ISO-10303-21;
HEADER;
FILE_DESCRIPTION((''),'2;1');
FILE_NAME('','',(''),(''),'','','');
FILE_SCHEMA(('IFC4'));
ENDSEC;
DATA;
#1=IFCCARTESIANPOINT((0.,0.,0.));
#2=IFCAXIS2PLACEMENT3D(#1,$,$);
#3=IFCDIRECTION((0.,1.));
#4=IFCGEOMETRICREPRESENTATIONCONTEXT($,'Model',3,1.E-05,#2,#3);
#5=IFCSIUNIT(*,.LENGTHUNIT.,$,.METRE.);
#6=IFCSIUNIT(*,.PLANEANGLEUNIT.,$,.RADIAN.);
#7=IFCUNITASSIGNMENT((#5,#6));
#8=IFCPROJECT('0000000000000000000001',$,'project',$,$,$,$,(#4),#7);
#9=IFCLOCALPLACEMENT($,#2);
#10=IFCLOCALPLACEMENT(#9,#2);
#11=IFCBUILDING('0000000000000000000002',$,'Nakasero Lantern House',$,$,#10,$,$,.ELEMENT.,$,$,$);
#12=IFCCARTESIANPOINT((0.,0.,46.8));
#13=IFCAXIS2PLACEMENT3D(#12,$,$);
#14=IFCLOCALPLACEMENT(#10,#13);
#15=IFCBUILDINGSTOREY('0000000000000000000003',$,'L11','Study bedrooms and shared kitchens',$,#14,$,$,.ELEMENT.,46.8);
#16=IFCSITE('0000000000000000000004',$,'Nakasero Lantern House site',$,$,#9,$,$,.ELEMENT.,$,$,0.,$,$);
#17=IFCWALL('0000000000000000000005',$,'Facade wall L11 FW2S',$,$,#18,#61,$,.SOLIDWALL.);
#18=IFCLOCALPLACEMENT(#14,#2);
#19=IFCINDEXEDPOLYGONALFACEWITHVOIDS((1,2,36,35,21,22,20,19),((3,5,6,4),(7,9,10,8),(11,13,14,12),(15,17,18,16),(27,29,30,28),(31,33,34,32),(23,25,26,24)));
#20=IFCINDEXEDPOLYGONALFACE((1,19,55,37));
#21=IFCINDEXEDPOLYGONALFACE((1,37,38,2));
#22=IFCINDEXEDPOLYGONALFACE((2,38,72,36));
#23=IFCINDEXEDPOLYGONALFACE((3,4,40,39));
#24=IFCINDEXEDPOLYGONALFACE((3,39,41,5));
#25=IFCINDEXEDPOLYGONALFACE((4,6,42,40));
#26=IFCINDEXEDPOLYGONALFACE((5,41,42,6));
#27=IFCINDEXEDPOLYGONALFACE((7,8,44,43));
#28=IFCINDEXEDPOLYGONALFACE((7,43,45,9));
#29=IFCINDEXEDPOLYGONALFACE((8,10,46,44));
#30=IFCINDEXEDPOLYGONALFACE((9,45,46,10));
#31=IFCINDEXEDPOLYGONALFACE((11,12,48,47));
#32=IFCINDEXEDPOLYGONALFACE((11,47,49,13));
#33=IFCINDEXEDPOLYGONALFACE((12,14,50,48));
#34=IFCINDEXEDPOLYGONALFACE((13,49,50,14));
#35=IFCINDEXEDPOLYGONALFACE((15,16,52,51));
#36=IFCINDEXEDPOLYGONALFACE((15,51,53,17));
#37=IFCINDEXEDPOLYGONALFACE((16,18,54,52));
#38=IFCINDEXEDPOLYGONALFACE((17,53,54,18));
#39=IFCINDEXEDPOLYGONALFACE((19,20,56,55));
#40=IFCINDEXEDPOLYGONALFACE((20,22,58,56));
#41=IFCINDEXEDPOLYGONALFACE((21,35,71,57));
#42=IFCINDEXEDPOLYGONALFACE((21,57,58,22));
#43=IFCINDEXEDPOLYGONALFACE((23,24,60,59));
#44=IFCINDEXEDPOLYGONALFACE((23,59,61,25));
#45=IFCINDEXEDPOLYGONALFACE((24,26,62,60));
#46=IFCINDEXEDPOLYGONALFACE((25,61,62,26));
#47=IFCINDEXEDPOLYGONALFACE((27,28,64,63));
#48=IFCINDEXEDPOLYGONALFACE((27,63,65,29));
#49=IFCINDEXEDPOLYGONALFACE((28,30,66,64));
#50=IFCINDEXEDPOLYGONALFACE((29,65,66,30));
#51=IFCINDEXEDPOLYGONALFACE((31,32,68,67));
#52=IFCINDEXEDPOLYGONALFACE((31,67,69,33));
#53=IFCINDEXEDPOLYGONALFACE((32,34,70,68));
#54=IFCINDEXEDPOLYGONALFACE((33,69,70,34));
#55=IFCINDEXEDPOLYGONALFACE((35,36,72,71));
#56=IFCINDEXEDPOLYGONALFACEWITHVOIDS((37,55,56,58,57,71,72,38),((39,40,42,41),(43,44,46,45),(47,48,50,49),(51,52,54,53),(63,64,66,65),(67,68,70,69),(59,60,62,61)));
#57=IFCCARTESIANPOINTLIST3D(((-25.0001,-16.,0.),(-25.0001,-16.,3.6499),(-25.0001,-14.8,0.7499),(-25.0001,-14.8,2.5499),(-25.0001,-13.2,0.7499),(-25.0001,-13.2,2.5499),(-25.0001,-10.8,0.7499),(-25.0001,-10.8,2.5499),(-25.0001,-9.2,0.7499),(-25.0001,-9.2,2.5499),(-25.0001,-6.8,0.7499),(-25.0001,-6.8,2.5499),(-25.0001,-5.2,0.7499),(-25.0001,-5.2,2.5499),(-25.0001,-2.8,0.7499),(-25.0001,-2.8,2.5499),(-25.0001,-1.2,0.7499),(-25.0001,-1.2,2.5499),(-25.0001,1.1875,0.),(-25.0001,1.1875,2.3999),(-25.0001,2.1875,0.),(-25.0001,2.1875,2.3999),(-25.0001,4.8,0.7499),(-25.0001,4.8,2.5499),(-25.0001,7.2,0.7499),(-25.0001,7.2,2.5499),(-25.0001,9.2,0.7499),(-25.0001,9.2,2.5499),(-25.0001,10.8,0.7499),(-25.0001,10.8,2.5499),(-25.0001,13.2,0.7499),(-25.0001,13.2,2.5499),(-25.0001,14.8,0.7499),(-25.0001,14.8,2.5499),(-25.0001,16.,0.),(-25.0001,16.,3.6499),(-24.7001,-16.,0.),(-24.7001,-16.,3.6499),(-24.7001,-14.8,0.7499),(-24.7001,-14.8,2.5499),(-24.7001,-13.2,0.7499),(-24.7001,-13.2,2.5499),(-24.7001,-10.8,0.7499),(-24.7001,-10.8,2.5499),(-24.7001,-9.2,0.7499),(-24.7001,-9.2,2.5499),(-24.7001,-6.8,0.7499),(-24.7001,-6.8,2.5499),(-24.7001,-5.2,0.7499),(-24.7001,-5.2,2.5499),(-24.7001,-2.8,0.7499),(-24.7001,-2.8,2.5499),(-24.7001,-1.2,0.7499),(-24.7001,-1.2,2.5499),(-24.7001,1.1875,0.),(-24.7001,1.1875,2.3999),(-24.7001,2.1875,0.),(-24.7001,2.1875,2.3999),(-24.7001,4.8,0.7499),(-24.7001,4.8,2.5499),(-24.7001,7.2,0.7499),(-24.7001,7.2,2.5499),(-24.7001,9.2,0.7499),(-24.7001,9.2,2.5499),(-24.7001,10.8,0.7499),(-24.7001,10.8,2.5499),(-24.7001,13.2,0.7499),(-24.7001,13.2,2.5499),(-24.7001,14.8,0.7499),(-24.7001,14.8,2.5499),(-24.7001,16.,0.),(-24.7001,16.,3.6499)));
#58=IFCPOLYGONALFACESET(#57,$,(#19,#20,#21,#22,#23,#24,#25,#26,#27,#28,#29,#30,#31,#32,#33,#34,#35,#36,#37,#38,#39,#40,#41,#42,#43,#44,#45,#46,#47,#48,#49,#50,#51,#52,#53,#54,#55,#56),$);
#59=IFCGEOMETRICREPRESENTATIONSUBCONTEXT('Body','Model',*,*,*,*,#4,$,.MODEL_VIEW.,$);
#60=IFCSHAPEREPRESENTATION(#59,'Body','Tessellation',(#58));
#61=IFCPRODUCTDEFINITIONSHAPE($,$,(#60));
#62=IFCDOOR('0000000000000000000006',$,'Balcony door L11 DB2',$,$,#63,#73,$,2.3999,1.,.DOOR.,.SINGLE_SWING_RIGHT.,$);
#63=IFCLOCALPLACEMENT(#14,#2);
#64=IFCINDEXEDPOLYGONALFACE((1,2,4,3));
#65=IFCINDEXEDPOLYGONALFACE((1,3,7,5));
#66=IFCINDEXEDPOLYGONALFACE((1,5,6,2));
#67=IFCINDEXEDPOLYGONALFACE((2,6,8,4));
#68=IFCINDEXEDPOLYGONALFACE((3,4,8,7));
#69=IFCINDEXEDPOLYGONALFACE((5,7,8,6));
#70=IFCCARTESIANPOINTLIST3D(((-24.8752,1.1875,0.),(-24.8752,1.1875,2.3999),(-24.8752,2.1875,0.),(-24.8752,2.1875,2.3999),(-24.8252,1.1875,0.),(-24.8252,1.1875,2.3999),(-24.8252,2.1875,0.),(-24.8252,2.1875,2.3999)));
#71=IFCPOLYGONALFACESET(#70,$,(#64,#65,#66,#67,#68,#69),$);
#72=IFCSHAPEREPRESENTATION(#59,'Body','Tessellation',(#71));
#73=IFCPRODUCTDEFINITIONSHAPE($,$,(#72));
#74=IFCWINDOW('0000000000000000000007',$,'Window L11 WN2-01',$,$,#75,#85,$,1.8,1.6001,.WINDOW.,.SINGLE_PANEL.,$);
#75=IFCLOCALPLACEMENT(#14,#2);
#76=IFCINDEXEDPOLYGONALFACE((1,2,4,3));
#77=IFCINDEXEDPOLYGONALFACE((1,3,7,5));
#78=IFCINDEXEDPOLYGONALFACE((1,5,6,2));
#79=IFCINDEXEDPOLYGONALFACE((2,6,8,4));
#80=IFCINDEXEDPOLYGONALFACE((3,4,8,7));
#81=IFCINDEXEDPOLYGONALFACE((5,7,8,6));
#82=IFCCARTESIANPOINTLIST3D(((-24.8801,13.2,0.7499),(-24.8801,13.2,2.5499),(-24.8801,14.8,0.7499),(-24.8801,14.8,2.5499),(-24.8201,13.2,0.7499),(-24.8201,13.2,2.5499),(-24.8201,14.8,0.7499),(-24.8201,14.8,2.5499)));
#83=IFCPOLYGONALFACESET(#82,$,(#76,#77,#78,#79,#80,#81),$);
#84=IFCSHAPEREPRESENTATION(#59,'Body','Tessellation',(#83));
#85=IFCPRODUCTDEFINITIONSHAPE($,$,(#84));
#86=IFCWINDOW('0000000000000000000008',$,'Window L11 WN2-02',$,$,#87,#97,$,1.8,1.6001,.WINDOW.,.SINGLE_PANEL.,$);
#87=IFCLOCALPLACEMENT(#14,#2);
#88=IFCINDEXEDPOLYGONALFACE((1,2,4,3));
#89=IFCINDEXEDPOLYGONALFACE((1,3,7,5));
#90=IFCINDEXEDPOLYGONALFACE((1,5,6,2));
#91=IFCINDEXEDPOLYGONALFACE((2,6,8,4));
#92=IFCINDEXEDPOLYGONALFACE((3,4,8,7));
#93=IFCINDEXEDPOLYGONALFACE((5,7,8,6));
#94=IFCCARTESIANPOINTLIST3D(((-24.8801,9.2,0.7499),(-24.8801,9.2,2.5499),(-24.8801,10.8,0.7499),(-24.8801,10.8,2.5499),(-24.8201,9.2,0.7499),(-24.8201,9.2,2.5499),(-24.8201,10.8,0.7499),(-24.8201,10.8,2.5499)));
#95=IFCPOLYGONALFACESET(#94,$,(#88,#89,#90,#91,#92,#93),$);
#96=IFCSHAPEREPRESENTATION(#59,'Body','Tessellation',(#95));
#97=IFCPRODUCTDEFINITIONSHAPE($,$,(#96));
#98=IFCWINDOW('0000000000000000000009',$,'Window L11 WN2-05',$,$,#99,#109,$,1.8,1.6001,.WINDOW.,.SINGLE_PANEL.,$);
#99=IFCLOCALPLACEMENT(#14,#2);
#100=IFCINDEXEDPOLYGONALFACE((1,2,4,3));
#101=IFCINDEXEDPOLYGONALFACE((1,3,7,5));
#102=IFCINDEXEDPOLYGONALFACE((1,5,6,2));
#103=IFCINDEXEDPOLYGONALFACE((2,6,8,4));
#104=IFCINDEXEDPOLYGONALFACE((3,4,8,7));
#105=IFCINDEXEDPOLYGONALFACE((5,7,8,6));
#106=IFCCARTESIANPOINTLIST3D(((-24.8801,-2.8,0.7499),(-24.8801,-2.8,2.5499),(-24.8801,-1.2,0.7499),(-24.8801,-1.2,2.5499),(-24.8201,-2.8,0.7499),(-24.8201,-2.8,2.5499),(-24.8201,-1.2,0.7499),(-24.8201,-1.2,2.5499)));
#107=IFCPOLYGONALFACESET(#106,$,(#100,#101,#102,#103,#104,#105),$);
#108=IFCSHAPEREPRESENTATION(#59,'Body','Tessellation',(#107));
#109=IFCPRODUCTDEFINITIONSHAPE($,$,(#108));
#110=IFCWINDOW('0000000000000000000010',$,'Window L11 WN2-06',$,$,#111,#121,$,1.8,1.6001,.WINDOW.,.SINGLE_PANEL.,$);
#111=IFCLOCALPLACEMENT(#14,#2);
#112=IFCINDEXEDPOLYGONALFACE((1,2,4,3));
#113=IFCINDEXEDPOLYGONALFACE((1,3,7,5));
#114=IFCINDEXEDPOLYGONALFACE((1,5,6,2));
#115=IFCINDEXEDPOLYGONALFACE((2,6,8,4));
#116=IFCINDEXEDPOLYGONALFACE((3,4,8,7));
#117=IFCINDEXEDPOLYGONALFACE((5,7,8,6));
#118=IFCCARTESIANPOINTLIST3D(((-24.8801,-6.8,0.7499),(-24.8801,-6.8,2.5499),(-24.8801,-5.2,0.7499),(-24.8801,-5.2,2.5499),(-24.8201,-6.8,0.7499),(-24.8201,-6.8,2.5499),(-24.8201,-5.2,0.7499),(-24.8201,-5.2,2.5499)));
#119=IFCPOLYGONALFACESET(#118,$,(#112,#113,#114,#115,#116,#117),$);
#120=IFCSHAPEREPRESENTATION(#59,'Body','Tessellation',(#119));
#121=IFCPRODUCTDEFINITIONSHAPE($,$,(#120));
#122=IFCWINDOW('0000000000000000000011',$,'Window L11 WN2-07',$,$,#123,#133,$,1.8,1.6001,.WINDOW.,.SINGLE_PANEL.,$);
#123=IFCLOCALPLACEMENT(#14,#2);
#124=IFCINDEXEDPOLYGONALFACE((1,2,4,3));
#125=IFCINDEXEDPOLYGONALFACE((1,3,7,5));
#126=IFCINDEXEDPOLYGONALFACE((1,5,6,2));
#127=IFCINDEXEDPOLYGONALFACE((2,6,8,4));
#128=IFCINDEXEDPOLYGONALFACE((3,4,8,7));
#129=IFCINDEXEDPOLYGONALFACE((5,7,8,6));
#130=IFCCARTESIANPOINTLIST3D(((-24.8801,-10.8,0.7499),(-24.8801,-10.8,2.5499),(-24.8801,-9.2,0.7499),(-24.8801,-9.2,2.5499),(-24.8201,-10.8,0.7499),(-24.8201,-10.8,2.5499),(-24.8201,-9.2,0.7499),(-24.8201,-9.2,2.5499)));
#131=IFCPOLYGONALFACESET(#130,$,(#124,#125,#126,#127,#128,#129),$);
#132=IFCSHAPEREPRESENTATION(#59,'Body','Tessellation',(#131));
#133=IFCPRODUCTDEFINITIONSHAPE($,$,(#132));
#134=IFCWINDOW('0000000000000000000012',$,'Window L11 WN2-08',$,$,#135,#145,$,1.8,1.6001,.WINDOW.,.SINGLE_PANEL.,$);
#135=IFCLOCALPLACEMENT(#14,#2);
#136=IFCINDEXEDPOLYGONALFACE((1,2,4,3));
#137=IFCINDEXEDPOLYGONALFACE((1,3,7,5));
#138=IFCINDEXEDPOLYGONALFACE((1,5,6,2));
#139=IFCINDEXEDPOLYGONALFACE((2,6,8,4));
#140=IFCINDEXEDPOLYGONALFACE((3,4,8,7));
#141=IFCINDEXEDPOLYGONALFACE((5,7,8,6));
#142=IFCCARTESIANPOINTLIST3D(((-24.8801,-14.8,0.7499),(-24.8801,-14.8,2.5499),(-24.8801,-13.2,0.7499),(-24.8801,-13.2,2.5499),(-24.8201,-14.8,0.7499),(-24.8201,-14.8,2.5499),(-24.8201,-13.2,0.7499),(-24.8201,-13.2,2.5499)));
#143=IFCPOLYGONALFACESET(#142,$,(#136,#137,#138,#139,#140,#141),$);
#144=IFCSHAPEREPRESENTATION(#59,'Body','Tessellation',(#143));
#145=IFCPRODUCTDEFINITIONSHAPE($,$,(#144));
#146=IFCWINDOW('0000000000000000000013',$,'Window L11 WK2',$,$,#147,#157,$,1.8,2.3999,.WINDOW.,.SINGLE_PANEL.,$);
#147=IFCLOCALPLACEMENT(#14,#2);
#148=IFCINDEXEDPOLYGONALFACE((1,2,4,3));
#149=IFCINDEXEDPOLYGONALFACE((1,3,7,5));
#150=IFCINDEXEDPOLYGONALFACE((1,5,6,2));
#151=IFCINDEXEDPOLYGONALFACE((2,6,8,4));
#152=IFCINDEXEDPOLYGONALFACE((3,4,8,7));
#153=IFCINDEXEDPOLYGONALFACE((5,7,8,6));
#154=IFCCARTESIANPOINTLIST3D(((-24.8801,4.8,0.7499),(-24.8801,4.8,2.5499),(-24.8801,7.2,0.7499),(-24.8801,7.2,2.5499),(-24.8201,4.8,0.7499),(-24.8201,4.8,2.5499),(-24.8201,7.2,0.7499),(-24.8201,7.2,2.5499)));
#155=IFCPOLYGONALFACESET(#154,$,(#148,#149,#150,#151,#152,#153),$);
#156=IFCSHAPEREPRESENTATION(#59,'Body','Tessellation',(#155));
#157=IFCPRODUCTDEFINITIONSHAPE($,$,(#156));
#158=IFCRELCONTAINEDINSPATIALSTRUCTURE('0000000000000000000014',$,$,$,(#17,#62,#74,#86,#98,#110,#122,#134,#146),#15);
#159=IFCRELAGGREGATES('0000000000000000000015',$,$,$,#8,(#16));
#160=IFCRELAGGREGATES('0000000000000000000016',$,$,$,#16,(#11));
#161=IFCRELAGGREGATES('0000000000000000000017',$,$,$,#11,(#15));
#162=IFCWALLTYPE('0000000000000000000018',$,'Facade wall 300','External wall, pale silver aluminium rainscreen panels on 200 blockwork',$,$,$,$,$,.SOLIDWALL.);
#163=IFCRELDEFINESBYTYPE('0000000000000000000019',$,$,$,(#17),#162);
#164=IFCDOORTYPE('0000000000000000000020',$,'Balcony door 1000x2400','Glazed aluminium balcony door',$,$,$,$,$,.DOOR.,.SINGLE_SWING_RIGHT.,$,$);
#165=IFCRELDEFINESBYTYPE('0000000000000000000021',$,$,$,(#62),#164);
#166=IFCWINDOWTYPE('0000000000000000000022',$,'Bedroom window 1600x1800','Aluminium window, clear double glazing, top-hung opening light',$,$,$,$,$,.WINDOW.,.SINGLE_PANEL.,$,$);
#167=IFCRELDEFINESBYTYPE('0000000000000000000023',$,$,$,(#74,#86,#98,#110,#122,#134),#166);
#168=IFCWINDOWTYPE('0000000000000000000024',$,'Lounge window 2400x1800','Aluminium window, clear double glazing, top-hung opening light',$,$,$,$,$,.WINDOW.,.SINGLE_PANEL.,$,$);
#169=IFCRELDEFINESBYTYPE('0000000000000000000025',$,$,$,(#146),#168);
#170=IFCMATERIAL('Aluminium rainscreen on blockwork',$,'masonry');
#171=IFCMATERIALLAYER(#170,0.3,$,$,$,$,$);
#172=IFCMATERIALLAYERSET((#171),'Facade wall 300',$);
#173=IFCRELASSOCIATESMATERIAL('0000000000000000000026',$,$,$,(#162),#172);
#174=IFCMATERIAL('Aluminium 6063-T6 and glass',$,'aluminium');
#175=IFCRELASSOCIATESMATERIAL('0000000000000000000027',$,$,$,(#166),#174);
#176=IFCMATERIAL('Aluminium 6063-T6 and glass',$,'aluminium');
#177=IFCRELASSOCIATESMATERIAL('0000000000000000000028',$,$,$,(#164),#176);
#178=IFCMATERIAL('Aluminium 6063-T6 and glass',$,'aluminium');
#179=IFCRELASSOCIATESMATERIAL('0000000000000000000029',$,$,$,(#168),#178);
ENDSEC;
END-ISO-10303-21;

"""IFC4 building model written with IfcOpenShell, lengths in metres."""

from ifc_helpers import new_model, si_unit, direction, frame, frame_2d, origin, place, context, subcontext, project, spatial, rectangle, extrude, material, layer, layer_set, type_object, element, fill, save


model = new_model("IFC4")

# Units and contexts
model_context = context("Model", 3, precision=1e-05, world=origin(), true_north=direction((0.0, 1.0)))
body_context = subcontext(model_context, "Body", "Model", "MODEL_VIEW")
ifc_project = project(units=[si_unit("LENGTHUNIT", "METRE"), si_unit("PLANEANGLEUNIT", "RADIAN")], contexts=[model_context])

# Site, building, storey
site_placement = place(None, origin())
site = spatial("IfcSite", under=ifc_project, at=site_placement, Name="Nakasero Lantern House site", CompositionType="ELEMENT", RefElevation=0.0)
building_placement = place(site_placement, origin())
building = spatial("IfcBuilding", under=site, at=building_placement, Name="Nakasero Lantern House", CompositionType="ELEMENT")
storey_placement = place(building_placement, frame((0.0, 0.0, 46.8)))
storey = spatial("IfcBuildingStorey", under=building, at=storey_placement, Name="L11", Description="Study bedrooms and shared kitchens", CompositionType="ELEMENT", Elevation=46.8)

# Shared definitions
ifc_material_1 = material(Name="Aluminium rainscreen on blockwork", Category="masonry")
ifc_layer_1 = layer(ifc_material_1, 0.3)
ifc_layer_set_1 = layer_set([ifc_layer_1], Name="Facade wall 300")
wall_type_1 = type_object("IfcWallType", Name="Facade wall 300", Description="External wall, pale silver aluminium rainscreen panels on 200 blockwork", PredefinedType="SOLIDWALL", material=ifc_layer_set_1)
ifc_material_2 = material(Name="Aluminium 6063-T6 and glass", Category="aluminium")
window_type_1 = type_object("IfcWindowType", Name="Bedroom window 1600x1800", Description="Aluminium window, clear double glazing, top-hung opening light", PartitioningType="SINGLE_PANEL", PredefinedType="WINDOW", material=ifc_material_2)

# Wall, openings, door, windows
wall_1_placement = place(storey_placement, frame((-24.8501, 16.0, 0.0), z_axis=(0.0, 0.0, 1.0), x_axis=(0.0, -1.0, 0.0)))
wall_1 = element("IfcWall", 1, at=wall_1_placement, inside=storey, type_object=wall_type_1, Name="Facade wall L11 FW2S", PredefinedType="SOLIDWALL", context=body_context, shape_type="SweptSolid", body=[
    extrude(rectangle(XDim=32.0, YDim=0.3, at=frame_2d((16.0, 0.0))), origin(), (0.0, 0.0, 1.0), 3.6499),
])
opening_1_placement = place(wall_1_placement, frame((1.2, 0.0, 0.75)))
opening_1 = element("IfcOpeningElement", 2, at=opening_1_placement, cuts=wall_1, PredefinedType="OPENING", context=body_context, shape_type="SweptSolid", body=[
    extrude(rectangle(XDim=1.6001, YDim=1.8, at=frame_2d((0.8, 0.8999))), frame((0.0, 0.1699, 0.0), z_axis=(0.0, -1.0, 0.0), x_axis=(1.0, 0.0, 0.0)), (0.0, 0.0, 1.0), 0.3401),
])
opening_2_placement = place(wall_1_placement, frame((5.2, 0.0, 0.75)))
opening_2 = element("IfcOpeningElement", 3, at=opening_2_placement, cuts=wall_1, PredefinedType="OPENING", context=body_context, shape_type="SweptSolid", body=[
    extrude(rectangle(XDim=1.6001, YDim=1.8, at=frame_2d((0.8, 0.8999))), frame((0.0, 0.1699, 0.0), z_axis=(0.0, -1.0, 0.0), x_axis=(1.0, 0.0, 0.0)), (0.0, 0.0, 1.0), 0.3401),
])
opening_3_placement = place(wall_1_placement, frame((17.2, 0.0, 0.75)))
opening_3 = element("IfcOpeningElement", 4, at=opening_3_placement, cuts=wall_1, PredefinedType="OPENING", context=body_context, shape_type="SweptSolid", body=[
    extrude(rectangle(XDim=1.6001, YDim=1.8, at=frame_2d((0.8, 0.8999))), frame((0.0, 0.1699, 0.0), z_axis=(0.0, -1.0, 0.0), x_axis=(1.0, 0.0, 0.0)), (0.0, 0.0, 1.0), 0.3401),
])
opening_4_placement = place(wall_1_placement, frame((21.2, 0.0, 0.75)))
opening_4 = element("IfcOpeningElement", 5, at=opening_4_placement, cuts=wall_1, PredefinedType="OPENING", context=body_context, shape_type="SweptSolid", body=[
    extrude(rectangle(XDim=1.6001, YDim=1.8, at=frame_2d((0.8, 0.8999))), frame((0.0, 0.1699, 0.0), z_axis=(0.0, -1.0, 0.0), x_axis=(1.0, 0.0, 0.0)), (0.0, 0.0, 1.0), 0.3401),
])
opening_5_placement = place(wall_1_placement, frame((25.2, 0.0, 0.75)))
opening_5 = element("IfcOpeningElement", 6, at=opening_5_placement, cuts=wall_1, PredefinedType="OPENING", context=body_context, shape_type="SweptSolid", body=[
    extrude(rectangle(XDim=1.6001, YDim=1.8, at=frame_2d((0.8, 0.8999))), frame((0.0, 0.1699, 0.0), z_axis=(0.0, -1.0, 0.0), x_axis=(1.0, 0.0, 0.0)), (0.0, 0.0, 1.0), 0.3401),
])
opening_6_placement = place(wall_1_placement, frame((29.2, 0.0, 0.75)))
opening_6 = element("IfcOpeningElement", 7, at=opening_6_placement, cuts=wall_1, PredefinedType="OPENING", context=body_context, shape_type="SweptSolid", body=[
    extrude(rectangle(XDim=1.6001, YDim=1.8, at=frame_2d((0.8, 0.8999))), frame((0.0, 0.1699, 0.0), z_axis=(0.0, -1.0, 0.0), x_axis=(1.0, 0.0, 0.0)), (0.0, 0.0, 1.0), 0.3401),
])
opening_7_placement = place(wall_1_placement, frame((8.8, 0.0, 0.75)))
opening_7 = element("IfcOpeningElement", 8, at=opening_7_placement, cuts=wall_1, PredefinedType="OPENING", context=body_context, shape_type="SweptSolid", body=[
    extrude(rectangle(XDim=2.3999, YDim=1.8, at=frame_2d((1.2, 0.8999))), frame((0.0, 0.1699, 0.0), z_axis=(0.0, -1.0, 0.0), x_axis=(1.0, 0.0, 0.0)), (0.0, 0.0, 1.0), 0.3401),
])
opening_8_placement = place(wall_1_placement, frame((13.8125, 0.0, 0.0)))
opening_8 = element("IfcOpeningElement", 9, at=opening_8_placement, cuts=wall_1, PredefinedType="OPENING", context=body_context, shape_type="SweptSolid", body=[
    extrude(rectangle(XDim=1.0, YDim=2.3999, at=frame_2d((0.5, 1.2))), frame((0.0, 0.1699, 0.0), z_axis=(0.0, -1.0, 0.0), x_axis=(1.0, 0.0, 0.0)), (0.0, 0.0, 1.0), 0.3401),
])
ifc_material_3 = material(Name="Aluminium 6063-T6 and glass", Category="aluminium")
door_type_1 = type_object("IfcDoorType", Name="Balcony door 1000x2400", Description="Glazed aluminium balcony door", OperationType="SINGLE_SWING_RIGHT", PredefinedType="DOOR", material=ifc_material_3)
door_1_placement = place(opening_8_placement, origin())
door_1 = element("IfcDoor", 10, at=door_1_placement, inside=storey, type_object=door_type_1, Name="Balcony door L11 DB2", OperationType="SINGLE_SWING_RIGHT", OverallHeight=2.3999, OverallWidth=1.0, PredefinedType="DOOR", context=body_context, shape_type="SweptSolid", body=[
    extrude(rectangle(XDim=1.0, YDim=2.3999, at=frame_2d((0.5, 1.2))), frame((0.0, 0.0249, 0.0), z_axis=(0.0, -1.0, 0.0), x_axis=(1.0, 0.0, 0.0)), (0.0, 0.0, 1.0), 0.05),
])
fill(opening_8, door_1)
window_1_placement = place(opening_1_placement, origin())
window_1 = element("IfcWindow", 11, at=window_1_placement, inside=storey, type_object=window_type_1, Name="Window L11 WN2-01", OverallHeight=1.8, OverallWidth=1.6001, PartitioningType="SINGLE_PANEL", PredefinedType="WINDOW", context=body_context, shape_type="SweptSolid", body=[
    extrude(rectangle(XDim=1.6001, YDim=1.8, at=frame_2d((0.8, 0.8999))), frame((0.0, 0.03, 0.0), z_axis=(0.0, -1.0, 0.0), x_axis=(1.0, 0.0, 0.0)), (0.0, 0.0, 1.0), 0.0601),
])
fill(opening_1, window_1)
window_2_placement = place(opening_2_placement, origin())
window_2 = element("IfcWindow", 12, at=window_2_placement, inside=storey, type_object=window_type_1, Name="Window L11 WN2-02", OverallHeight=1.8, OverallWidth=1.6001, PartitioningType="SINGLE_PANEL", PredefinedType="WINDOW", context=body_context, shape_type="SweptSolid", body=[
    extrude(rectangle(XDim=1.6001, YDim=1.8, at=frame_2d((0.8, 0.8999))), frame((0.0, 0.03, 0.0), z_axis=(0.0, -1.0, 0.0), x_axis=(1.0, 0.0, 0.0)), (0.0, 0.0, 1.0), 0.0601),
])
fill(opening_2, window_2)
window_3_placement = place(opening_3_placement, origin())
window_3 = element("IfcWindow", 13, at=window_3_placement, inside=storey, type_object=window_type_1, Name="Window L11 WN2-05", OverallHeight=1.8, OverallWidth=1.6001, PartitioningType="SINGLE_PANEL", PredefinedType="WINDOW", context=body_context, shape_type="SweptSolid", body=[
    extrude(rectangle(XDim=1.6001, YDim=1.8, at=frame_2d((0.8, 0.8999))), frame((0.0, 0.03, 0.0), z_axis=(0.0, -1.0, 0.0), x_axis=(1.0, 0.0, 0.0)), (0.0, 0.0, 1.0), 0.0601),
])
fill(opening_3, window_3)
window_4_placement = place(opening_4_placement, origin())
window_4 = element("IfcWindow", 14, at=window_4_placement, inside=storey, type_object=window_type_1, Name="Window L11 WN2-06", OverallHeight=1.8, OverallWidth=1.6001, PartitioningType="SINGLE_PANEL", PredefinedType="WINDOW", context=body_context, shape_type="SweptSolid", body=[
    extrude(rectangle(XDim=1.6001, YDim=1.8, at=frame_2d((0.8, 0.8999))), frame((0.0, 0.03, 0.0), z_axis=(0.0, -1.0, 0.0), x_axis=(1.0, 0.0, 0.0)), (0.0, 0.0, 1.0), 0.0601),
])
fill(opening_4, window_4)
window_5_placement = place(opening_5_placement, origin())
window_5 = element("IfcWindow", 15, at=window_5_placement, inside=storey, type_object=window_type_1, Name="Window L11 WN2-07", OverallHeight=1.8, OverallWidth=1.6001, PartitioningType="SINGLE_PANEL", PredefinedType="WINDOW", context=body_context, shape_type="SweptSolid", body=[
    extrude(rectangle(XDim=1.6001, YDim=1.8, at=frame_2d((0.8, 0.8999))), frame((0.0, 0.03, 0.0), z_axis=(0.0, -1.0, 0.0), x_axis=(1.0, 0.0, 0.0)), (0.0, 0.0, 1.0), 0.0601),
])
fill(opening_5, window_5)
window_6_placement = place(opening_6_placement, origin())
window_6 = element("IfcWindow", 16, at=window_6_placement, inside=storey, type_object=window_type_1, Name="Window L11 WN2-08", OverallHeight=1.8, OverallWidth=1.6001, PartitioningType="SINGLE_PANEL", PredefinedType="WINDOW", context=body_context, shape_type="SweptSolid", body=[
    extrude(rectangle(XDim=1.6001, YDim=1.8, at=frame_2d((0.8, 0.8999))), frame((0.0, 0.03, 0.0), z_axis=(0.0, -1.0, 0.0), x_axis=(1.0, 0.0, 0.0)), (0.0, 0.0, 1.0), 0.0601),
])
fill(opening_6, window_6)
ifc_material_4 = material(Name="Aluminium 6063-T6 and glass", Category="aluminium")
window_type_2 = type_object("IfcWindowType", Name="Lounge window 2400x1800", Description="Aluminium window, clear double glazing, top-hung opening light", PartitioningType="SINGLE_PANEL", PredefinedType="WINDOW", material=ifc_material_4)
window_7_placement = place(opening_7_placement, origin())
window_7 = element("IfcWindow", 17, at=window_7_placement, inside=storey, type_object=window_type_2, Name="Window L11 WK2", OverallHeight=1.8, OverallWidth=2.3999, PartitioningType="SINGLE_PANEL", PredefinedType="WINDOW", context=body_context, shape_type="SweptSolid", body=[
    extrude(rectangle(XDim=2.3999, YDim=1.8, at=frame_2d((1.2, 0.8999))), frame((0.0, 0.03, 0.0), z_axis=(0.0, -1.0, 0.0), x_axis=(1.0, 0.0, 0.0)), (0.0, 0.0, 1.0), 0.0601),
])
fill(opening_7, window_7)

save(model, "model.ifc")
